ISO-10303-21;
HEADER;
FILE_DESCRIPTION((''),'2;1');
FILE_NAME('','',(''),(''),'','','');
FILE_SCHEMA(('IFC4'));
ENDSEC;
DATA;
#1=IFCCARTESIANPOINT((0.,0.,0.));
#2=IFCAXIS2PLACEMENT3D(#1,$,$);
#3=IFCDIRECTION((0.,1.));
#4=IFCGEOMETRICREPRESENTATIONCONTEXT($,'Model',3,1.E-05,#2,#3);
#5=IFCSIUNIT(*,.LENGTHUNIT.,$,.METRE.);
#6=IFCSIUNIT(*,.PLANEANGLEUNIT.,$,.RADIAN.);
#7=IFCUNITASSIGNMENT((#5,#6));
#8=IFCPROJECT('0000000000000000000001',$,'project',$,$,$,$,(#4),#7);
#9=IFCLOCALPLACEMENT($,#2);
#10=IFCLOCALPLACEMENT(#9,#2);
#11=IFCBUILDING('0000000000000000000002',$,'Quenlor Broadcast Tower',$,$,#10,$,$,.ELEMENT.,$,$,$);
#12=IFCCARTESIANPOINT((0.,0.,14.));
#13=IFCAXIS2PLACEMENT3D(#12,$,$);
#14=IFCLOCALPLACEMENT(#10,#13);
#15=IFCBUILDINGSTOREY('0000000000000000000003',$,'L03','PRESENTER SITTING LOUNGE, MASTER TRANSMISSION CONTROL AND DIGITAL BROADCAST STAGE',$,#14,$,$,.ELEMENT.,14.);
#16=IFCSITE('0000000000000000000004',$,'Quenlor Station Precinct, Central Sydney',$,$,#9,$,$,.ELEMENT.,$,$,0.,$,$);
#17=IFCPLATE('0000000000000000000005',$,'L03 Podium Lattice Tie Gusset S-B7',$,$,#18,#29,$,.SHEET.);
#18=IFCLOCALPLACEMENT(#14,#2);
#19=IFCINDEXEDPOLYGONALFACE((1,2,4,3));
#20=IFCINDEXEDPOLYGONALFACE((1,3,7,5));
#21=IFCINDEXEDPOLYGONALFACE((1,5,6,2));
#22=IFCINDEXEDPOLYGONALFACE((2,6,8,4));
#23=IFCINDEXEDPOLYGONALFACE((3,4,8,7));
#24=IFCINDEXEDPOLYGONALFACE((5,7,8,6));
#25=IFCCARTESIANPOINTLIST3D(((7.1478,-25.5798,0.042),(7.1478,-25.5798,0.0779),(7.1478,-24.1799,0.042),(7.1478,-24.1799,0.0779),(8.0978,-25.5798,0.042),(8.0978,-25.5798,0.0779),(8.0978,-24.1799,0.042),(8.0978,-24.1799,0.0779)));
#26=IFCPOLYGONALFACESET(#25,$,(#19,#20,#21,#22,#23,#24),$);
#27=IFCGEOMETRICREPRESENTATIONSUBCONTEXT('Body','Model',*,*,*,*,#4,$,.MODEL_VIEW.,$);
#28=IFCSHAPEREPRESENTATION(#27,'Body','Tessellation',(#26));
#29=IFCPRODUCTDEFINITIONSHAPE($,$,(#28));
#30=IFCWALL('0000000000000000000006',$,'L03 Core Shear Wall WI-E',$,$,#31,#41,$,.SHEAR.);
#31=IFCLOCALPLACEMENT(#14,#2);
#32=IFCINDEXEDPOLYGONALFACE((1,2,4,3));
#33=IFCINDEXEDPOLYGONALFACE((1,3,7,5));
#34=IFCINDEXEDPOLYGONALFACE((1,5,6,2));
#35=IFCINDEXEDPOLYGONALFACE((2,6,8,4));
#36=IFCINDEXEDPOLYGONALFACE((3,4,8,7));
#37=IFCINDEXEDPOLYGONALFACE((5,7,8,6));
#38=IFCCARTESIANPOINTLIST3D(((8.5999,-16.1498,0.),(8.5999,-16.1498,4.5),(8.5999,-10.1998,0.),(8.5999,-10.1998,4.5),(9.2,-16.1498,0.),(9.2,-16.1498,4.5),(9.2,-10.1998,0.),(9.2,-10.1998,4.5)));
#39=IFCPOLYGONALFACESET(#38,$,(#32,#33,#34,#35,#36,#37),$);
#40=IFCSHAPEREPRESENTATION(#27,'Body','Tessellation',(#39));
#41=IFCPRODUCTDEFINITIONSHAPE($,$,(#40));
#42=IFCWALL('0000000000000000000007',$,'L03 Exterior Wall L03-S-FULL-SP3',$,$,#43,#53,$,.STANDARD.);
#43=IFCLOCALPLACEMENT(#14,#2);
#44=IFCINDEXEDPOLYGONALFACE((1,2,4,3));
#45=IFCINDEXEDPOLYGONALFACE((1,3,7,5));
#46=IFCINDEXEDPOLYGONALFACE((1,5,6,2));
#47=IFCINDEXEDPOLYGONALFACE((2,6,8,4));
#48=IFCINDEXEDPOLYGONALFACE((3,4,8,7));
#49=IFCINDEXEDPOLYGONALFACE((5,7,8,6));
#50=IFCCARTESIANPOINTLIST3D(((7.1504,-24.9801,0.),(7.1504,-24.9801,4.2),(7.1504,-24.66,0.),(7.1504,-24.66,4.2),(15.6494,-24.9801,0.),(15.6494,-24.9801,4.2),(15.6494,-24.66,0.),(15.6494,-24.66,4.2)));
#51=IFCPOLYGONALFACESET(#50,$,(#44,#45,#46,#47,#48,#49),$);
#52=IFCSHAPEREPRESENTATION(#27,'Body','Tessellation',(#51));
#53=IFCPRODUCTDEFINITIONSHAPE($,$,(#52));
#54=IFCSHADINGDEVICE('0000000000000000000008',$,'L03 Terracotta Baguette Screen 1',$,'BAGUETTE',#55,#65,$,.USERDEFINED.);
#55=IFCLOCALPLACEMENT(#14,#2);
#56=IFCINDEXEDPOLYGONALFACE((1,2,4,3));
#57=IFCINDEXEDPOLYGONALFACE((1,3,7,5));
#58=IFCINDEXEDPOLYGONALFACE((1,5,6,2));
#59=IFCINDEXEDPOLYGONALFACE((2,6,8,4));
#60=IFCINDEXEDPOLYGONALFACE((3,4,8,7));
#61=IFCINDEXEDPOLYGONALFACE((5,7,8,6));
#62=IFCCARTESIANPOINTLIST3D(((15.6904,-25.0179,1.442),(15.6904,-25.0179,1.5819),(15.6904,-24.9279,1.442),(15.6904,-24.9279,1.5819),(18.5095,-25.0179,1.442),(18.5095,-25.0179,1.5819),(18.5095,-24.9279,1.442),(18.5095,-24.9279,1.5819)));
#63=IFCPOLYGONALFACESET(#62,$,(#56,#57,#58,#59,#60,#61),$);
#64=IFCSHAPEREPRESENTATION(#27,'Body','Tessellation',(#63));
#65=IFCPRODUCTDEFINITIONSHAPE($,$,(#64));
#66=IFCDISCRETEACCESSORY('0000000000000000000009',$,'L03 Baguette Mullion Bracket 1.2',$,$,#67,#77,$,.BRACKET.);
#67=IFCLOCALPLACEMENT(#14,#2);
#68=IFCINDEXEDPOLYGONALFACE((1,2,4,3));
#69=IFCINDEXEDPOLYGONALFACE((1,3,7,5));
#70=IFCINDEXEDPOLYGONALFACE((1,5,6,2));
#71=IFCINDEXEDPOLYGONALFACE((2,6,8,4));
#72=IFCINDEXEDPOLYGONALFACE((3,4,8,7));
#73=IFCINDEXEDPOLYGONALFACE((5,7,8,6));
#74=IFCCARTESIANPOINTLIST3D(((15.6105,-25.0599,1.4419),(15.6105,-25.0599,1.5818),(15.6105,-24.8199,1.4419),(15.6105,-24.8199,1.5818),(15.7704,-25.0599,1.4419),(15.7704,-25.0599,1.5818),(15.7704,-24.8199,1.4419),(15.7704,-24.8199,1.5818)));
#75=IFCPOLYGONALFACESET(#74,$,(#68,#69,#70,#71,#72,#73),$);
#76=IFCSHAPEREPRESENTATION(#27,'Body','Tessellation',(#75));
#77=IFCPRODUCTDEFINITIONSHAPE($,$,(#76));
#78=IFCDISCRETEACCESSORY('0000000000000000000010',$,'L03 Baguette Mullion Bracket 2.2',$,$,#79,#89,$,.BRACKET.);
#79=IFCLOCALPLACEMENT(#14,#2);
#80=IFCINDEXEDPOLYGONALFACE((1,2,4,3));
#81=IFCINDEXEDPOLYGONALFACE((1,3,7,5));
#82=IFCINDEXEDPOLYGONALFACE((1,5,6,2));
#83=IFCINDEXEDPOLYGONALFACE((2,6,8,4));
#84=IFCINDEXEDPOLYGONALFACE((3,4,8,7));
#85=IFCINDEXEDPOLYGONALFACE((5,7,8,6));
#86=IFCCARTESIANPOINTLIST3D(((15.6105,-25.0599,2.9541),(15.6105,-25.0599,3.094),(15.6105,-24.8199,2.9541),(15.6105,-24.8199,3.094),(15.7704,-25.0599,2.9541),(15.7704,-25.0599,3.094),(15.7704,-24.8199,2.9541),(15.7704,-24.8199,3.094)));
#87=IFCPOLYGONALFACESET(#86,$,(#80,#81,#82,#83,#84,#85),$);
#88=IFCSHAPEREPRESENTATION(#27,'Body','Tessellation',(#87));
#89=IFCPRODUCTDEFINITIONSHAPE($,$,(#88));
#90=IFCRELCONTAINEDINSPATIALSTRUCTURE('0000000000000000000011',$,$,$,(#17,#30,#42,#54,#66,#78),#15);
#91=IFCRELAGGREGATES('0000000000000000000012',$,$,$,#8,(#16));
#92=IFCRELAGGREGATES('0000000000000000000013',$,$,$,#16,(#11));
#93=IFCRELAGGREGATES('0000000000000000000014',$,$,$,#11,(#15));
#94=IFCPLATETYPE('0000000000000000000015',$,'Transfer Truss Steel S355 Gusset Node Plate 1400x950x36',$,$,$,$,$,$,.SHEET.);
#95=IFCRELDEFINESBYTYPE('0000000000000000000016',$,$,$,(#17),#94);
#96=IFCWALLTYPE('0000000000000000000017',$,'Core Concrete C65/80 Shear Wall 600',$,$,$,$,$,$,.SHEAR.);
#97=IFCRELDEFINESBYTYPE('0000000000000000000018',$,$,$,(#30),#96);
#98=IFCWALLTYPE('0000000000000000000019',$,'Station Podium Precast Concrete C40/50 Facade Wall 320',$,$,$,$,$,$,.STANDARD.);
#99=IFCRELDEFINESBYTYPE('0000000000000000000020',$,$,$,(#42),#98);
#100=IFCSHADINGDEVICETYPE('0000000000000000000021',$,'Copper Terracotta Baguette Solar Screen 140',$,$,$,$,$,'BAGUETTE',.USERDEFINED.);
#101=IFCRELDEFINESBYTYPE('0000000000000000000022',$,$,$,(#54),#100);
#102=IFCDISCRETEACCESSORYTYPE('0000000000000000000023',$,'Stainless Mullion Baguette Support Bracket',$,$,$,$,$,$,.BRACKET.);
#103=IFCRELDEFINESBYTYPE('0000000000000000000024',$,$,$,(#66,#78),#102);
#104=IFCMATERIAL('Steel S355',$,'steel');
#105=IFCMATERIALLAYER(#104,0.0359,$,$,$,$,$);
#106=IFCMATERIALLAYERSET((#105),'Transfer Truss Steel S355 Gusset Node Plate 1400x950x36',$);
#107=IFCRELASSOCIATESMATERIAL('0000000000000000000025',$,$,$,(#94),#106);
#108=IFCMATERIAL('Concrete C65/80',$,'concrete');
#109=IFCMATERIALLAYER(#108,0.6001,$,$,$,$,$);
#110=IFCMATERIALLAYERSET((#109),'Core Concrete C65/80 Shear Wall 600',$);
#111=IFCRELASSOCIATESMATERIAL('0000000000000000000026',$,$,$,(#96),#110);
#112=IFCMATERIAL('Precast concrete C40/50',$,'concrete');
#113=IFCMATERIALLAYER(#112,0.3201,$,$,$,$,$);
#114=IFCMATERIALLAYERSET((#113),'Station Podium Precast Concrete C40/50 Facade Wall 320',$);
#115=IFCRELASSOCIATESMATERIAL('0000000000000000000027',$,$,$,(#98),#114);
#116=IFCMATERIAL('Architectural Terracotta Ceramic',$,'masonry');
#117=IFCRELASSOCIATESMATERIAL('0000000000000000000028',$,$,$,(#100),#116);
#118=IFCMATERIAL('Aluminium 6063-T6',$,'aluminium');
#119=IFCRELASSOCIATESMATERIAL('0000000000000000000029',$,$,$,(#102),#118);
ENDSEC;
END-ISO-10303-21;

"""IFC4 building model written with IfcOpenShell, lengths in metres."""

from ifc_helpers import new_model, si_unit, direction, frame, frame_2d, origin, origin_2d, place, context, subcontext, project, spatial, rectangle, extrude, material, layer, layer_set, material_profile, profile_set, type_object, element, save


model = new_model("IFC4")

# Units and contexts
model_context = context("Model", 3, precision=1e-05, world=origin(), true_north=direction((0.0, 1.0)))
body_context = subcontext(model_context, "Body", "Model", "MODEL_VIEW")
ifc_project = project(units=[si_unit("LENGTHUNIT", "METRE"), si_unit("PLANEANGLEUNIT", "RADIAN")], contexts=[model_context])

# Site, building, storey
site_placement = place(None, origin())
site = spatial("IfcSite", under=ifc_project, at=site_placement, Name="Quenlor Station Precinct, Central Sydney", CompositionType="ELEMENT", RefElevation=0.0)
building_placement = place(site_placement, origin())
building = spatial("IfcBuilding", under=site, at=building_placement, Name="Quenlor Broadcast Tower", CompositionType="ELEMENT")
storey_placement = place(building_placement, frame((0.0, 0.0, 14.0)))
storey = spatial("IfcBuildingStorey", under=building, at=storey_placement, Name="L03", Description="PRESENTER SITTING LOUNGE, MASTER TRANSMISSION CONTROL AND DIGITAL BROADCAST STAGE", CompositionType="ELEMENT", Elevation=14.0)

# Plate
ifc_material_1 = material(Name="Steel S355", Category="steel")
ifc_layer_1 = layer(ifc_material_1, 0.0359)
ifc_layer_set_1 = layer_set([ifc_layer_1], Name="Transfer Truss Steel S355 Gusset Node Plate 1400x950x36")
plate_type_1 = type_object("IfcPlateType", Name="Transfer Truss Steel S355 Gusset Node Plate 1400x950x36", PredefinedType="SHEET", material=ifc_layer_set_1)
for number, where, z_axis, x_axis, name in (
    (1, (7.6228, -24.8799, 0.042), (0.0, 0.0, 1.0), (0.0, -1.0, 0.0), "L03 Podium Lattice Tie Gusset S-B7"),
):
    element("IfcPlate", number, at=place(storey_placement, frame(where, z_axis=z_axis, x_axis=x_axis)), inside=storey, type_object=plate_type_1, Name=name, PredefinedType="SHEET", context=body_context, shape_type="SweptSolid", body=[
        extrude(rectangle(XDim=1.3999, YDim=0.95, at=origin_2d()), origin(), (0.0, 0.0, 1.0), 0.0359),
    ])

# Walls
ifc_material_2 = material(Name="Concrete C65/80", Category="concrete")
ifc_layer_2 = layer(ifc_material_2, 0.6001)
ifc_layer_set_2 = layer_set([ifc_layer_2], Name="Core Concrete C65/80 Shear Wall 600")
wall_type_1 = type_object("IfcWallType", Name="Core Concrete C65/80 Shear Wall 600", PredefinedType="SHEAR", material=ifc_layer_set_2)
wall_1_placement = place(storey_placement, frame((8.8999, -16.1499, 0.0), z_axis=(0.0, 0.0, 1.0), x_axis=(0.0, 1.0, 0.0)))
element("IfcWall", 2, at=wall_1_placement, inside=storey, type_object=wall_type_1, Name="L03 Core Shear Wall WI-E", PredefinedType="SHEAR", context=body_context, shape_type="SweptSolid", body=[
    extrude(rectangle(XDim=5.95, YDim=0.6001, at=frame_2d((2.9751, 0.0))), origin(), (0.0, 0.0, 1.0), 4.5),
])
ifc_material_3 = material(Name="Precast concrete C40/50", Category="concrete")
ifc_layer_3 = layer(ifc_material_3, 0.3201)
ifc_layer_set_3 = layer_set([ifc_layer_3], Name="Station Podium Precast Concrete C40/50 Facade Wall 320")
wall_type_2 = type_object("IfcWallType", Name="Station Podium Precast Concrete C40/50 Facade Wall 320", PredefinedType="STANDARD", material=ifc_layer_set_3)
wall_2_placement = place(storey_placement, frame((15.6494, -24.8201, 0.0), z_axis=(0.0, 0.0, 1.0), x_axis=(-1.0, 0.0, 0.0)))
element("IfcWall", 3, at=wall_2_placement, inside=storey, type_object=wall_type_2, Name="L03 Exterior Wall L03-S-FULL-SP3", PredefinedType="STANDARD", context=body_context, shape_type="SweptSolid", body=[
    extrude(rectangle(XDim=8.499, YDim=0.3201, at=frame_2d((4.2495, 0.0))), origin(), (0.0, 0.0, 1.0), 4.2),
])

# Shading device
ifc_material_4 = material(Name="Architectural Terracotta Ceramic", Category="masonry")
ifc_material_profile_1 = material_profile(ifc_material_4, rectangle(XDim=0.0901, YDim=0.1399, at=origin_2d()))
ifc_profile_set_1 = profile_set([ifc_material_profile_1], Name="Architectural Terracotta Ceramic BAG90x140")
shading_device_type = type_object("IfcShadingDeviceType", Name="Copper Terracotta Baguette Solar Screen 140", ElementType="BAGUETTE", PredefinedType="USERDEFINED", material=ifc_profile_set_1)
shading_device_placement = place(storey_placement, frame((18.5095, -24.9729, 1.512), z_axis=(-1.0, 0.0, 0.0), x_axis=(0.0, -1.0, 0.0)))
element("IfcShadingDevice", 4, at=shading_device_placement, inside=storey, type_object=shading_device_type, Name="L03 Terracotta Baguette Screen 1", ObjectType="BAGUETTE", PredefinedType="USERDEFINED", context=body_context, shape_type="SweptSolid", body=[
    extrude(rectangle(XDim=0.0901, YDim=0.1399, at=origin_2d()), origin(), (0.0, 0.0, 1.0), 2.8191),
])

# Discrete accessories
ifc_material_5 = material(Name="Aluminium 6063-T6", Category="aluminium")
discrete_accessory_type = type_object("IfcDiscreteAccessoryType", Name="Stainless Mullion Baguette Support Bracket", PredefinedType="BRACKET", material=ifc_material_5)
for number, where, z_axis, x_axis, name in (
    (5, (15.6904, -24.9399, 1.4419), (0.0, 0.0, 1.0), (-1.0, 0.0, 0.0), "L03 Baguette Mullion Bracket 1.2"),
    (6, (15.6904, -24.9399, 2.9541), (0.0, 0.0, 1.0), (-1.0, 0.0, 0.0), "L03 Baguette Mullion Bracket 2.2"),
):
    element("IfcDiscreteAccessory", number, at=place(storey_placement, frame(where, z_axis=z_axis, x_axis=x_axis)), inside=storey, type_object=discrete_accessory_type, Name=name, PredefinedType="BRACKET", context=body_context, shape_type="SweptSolid", body=[
        extrude(rectangle(XDim=0.1599, YDim=0.24, at=origin_2d()), origin(), (0.0, 0.0, 1.0), 0.1399),
    ])

save(model, "model.ifc")
